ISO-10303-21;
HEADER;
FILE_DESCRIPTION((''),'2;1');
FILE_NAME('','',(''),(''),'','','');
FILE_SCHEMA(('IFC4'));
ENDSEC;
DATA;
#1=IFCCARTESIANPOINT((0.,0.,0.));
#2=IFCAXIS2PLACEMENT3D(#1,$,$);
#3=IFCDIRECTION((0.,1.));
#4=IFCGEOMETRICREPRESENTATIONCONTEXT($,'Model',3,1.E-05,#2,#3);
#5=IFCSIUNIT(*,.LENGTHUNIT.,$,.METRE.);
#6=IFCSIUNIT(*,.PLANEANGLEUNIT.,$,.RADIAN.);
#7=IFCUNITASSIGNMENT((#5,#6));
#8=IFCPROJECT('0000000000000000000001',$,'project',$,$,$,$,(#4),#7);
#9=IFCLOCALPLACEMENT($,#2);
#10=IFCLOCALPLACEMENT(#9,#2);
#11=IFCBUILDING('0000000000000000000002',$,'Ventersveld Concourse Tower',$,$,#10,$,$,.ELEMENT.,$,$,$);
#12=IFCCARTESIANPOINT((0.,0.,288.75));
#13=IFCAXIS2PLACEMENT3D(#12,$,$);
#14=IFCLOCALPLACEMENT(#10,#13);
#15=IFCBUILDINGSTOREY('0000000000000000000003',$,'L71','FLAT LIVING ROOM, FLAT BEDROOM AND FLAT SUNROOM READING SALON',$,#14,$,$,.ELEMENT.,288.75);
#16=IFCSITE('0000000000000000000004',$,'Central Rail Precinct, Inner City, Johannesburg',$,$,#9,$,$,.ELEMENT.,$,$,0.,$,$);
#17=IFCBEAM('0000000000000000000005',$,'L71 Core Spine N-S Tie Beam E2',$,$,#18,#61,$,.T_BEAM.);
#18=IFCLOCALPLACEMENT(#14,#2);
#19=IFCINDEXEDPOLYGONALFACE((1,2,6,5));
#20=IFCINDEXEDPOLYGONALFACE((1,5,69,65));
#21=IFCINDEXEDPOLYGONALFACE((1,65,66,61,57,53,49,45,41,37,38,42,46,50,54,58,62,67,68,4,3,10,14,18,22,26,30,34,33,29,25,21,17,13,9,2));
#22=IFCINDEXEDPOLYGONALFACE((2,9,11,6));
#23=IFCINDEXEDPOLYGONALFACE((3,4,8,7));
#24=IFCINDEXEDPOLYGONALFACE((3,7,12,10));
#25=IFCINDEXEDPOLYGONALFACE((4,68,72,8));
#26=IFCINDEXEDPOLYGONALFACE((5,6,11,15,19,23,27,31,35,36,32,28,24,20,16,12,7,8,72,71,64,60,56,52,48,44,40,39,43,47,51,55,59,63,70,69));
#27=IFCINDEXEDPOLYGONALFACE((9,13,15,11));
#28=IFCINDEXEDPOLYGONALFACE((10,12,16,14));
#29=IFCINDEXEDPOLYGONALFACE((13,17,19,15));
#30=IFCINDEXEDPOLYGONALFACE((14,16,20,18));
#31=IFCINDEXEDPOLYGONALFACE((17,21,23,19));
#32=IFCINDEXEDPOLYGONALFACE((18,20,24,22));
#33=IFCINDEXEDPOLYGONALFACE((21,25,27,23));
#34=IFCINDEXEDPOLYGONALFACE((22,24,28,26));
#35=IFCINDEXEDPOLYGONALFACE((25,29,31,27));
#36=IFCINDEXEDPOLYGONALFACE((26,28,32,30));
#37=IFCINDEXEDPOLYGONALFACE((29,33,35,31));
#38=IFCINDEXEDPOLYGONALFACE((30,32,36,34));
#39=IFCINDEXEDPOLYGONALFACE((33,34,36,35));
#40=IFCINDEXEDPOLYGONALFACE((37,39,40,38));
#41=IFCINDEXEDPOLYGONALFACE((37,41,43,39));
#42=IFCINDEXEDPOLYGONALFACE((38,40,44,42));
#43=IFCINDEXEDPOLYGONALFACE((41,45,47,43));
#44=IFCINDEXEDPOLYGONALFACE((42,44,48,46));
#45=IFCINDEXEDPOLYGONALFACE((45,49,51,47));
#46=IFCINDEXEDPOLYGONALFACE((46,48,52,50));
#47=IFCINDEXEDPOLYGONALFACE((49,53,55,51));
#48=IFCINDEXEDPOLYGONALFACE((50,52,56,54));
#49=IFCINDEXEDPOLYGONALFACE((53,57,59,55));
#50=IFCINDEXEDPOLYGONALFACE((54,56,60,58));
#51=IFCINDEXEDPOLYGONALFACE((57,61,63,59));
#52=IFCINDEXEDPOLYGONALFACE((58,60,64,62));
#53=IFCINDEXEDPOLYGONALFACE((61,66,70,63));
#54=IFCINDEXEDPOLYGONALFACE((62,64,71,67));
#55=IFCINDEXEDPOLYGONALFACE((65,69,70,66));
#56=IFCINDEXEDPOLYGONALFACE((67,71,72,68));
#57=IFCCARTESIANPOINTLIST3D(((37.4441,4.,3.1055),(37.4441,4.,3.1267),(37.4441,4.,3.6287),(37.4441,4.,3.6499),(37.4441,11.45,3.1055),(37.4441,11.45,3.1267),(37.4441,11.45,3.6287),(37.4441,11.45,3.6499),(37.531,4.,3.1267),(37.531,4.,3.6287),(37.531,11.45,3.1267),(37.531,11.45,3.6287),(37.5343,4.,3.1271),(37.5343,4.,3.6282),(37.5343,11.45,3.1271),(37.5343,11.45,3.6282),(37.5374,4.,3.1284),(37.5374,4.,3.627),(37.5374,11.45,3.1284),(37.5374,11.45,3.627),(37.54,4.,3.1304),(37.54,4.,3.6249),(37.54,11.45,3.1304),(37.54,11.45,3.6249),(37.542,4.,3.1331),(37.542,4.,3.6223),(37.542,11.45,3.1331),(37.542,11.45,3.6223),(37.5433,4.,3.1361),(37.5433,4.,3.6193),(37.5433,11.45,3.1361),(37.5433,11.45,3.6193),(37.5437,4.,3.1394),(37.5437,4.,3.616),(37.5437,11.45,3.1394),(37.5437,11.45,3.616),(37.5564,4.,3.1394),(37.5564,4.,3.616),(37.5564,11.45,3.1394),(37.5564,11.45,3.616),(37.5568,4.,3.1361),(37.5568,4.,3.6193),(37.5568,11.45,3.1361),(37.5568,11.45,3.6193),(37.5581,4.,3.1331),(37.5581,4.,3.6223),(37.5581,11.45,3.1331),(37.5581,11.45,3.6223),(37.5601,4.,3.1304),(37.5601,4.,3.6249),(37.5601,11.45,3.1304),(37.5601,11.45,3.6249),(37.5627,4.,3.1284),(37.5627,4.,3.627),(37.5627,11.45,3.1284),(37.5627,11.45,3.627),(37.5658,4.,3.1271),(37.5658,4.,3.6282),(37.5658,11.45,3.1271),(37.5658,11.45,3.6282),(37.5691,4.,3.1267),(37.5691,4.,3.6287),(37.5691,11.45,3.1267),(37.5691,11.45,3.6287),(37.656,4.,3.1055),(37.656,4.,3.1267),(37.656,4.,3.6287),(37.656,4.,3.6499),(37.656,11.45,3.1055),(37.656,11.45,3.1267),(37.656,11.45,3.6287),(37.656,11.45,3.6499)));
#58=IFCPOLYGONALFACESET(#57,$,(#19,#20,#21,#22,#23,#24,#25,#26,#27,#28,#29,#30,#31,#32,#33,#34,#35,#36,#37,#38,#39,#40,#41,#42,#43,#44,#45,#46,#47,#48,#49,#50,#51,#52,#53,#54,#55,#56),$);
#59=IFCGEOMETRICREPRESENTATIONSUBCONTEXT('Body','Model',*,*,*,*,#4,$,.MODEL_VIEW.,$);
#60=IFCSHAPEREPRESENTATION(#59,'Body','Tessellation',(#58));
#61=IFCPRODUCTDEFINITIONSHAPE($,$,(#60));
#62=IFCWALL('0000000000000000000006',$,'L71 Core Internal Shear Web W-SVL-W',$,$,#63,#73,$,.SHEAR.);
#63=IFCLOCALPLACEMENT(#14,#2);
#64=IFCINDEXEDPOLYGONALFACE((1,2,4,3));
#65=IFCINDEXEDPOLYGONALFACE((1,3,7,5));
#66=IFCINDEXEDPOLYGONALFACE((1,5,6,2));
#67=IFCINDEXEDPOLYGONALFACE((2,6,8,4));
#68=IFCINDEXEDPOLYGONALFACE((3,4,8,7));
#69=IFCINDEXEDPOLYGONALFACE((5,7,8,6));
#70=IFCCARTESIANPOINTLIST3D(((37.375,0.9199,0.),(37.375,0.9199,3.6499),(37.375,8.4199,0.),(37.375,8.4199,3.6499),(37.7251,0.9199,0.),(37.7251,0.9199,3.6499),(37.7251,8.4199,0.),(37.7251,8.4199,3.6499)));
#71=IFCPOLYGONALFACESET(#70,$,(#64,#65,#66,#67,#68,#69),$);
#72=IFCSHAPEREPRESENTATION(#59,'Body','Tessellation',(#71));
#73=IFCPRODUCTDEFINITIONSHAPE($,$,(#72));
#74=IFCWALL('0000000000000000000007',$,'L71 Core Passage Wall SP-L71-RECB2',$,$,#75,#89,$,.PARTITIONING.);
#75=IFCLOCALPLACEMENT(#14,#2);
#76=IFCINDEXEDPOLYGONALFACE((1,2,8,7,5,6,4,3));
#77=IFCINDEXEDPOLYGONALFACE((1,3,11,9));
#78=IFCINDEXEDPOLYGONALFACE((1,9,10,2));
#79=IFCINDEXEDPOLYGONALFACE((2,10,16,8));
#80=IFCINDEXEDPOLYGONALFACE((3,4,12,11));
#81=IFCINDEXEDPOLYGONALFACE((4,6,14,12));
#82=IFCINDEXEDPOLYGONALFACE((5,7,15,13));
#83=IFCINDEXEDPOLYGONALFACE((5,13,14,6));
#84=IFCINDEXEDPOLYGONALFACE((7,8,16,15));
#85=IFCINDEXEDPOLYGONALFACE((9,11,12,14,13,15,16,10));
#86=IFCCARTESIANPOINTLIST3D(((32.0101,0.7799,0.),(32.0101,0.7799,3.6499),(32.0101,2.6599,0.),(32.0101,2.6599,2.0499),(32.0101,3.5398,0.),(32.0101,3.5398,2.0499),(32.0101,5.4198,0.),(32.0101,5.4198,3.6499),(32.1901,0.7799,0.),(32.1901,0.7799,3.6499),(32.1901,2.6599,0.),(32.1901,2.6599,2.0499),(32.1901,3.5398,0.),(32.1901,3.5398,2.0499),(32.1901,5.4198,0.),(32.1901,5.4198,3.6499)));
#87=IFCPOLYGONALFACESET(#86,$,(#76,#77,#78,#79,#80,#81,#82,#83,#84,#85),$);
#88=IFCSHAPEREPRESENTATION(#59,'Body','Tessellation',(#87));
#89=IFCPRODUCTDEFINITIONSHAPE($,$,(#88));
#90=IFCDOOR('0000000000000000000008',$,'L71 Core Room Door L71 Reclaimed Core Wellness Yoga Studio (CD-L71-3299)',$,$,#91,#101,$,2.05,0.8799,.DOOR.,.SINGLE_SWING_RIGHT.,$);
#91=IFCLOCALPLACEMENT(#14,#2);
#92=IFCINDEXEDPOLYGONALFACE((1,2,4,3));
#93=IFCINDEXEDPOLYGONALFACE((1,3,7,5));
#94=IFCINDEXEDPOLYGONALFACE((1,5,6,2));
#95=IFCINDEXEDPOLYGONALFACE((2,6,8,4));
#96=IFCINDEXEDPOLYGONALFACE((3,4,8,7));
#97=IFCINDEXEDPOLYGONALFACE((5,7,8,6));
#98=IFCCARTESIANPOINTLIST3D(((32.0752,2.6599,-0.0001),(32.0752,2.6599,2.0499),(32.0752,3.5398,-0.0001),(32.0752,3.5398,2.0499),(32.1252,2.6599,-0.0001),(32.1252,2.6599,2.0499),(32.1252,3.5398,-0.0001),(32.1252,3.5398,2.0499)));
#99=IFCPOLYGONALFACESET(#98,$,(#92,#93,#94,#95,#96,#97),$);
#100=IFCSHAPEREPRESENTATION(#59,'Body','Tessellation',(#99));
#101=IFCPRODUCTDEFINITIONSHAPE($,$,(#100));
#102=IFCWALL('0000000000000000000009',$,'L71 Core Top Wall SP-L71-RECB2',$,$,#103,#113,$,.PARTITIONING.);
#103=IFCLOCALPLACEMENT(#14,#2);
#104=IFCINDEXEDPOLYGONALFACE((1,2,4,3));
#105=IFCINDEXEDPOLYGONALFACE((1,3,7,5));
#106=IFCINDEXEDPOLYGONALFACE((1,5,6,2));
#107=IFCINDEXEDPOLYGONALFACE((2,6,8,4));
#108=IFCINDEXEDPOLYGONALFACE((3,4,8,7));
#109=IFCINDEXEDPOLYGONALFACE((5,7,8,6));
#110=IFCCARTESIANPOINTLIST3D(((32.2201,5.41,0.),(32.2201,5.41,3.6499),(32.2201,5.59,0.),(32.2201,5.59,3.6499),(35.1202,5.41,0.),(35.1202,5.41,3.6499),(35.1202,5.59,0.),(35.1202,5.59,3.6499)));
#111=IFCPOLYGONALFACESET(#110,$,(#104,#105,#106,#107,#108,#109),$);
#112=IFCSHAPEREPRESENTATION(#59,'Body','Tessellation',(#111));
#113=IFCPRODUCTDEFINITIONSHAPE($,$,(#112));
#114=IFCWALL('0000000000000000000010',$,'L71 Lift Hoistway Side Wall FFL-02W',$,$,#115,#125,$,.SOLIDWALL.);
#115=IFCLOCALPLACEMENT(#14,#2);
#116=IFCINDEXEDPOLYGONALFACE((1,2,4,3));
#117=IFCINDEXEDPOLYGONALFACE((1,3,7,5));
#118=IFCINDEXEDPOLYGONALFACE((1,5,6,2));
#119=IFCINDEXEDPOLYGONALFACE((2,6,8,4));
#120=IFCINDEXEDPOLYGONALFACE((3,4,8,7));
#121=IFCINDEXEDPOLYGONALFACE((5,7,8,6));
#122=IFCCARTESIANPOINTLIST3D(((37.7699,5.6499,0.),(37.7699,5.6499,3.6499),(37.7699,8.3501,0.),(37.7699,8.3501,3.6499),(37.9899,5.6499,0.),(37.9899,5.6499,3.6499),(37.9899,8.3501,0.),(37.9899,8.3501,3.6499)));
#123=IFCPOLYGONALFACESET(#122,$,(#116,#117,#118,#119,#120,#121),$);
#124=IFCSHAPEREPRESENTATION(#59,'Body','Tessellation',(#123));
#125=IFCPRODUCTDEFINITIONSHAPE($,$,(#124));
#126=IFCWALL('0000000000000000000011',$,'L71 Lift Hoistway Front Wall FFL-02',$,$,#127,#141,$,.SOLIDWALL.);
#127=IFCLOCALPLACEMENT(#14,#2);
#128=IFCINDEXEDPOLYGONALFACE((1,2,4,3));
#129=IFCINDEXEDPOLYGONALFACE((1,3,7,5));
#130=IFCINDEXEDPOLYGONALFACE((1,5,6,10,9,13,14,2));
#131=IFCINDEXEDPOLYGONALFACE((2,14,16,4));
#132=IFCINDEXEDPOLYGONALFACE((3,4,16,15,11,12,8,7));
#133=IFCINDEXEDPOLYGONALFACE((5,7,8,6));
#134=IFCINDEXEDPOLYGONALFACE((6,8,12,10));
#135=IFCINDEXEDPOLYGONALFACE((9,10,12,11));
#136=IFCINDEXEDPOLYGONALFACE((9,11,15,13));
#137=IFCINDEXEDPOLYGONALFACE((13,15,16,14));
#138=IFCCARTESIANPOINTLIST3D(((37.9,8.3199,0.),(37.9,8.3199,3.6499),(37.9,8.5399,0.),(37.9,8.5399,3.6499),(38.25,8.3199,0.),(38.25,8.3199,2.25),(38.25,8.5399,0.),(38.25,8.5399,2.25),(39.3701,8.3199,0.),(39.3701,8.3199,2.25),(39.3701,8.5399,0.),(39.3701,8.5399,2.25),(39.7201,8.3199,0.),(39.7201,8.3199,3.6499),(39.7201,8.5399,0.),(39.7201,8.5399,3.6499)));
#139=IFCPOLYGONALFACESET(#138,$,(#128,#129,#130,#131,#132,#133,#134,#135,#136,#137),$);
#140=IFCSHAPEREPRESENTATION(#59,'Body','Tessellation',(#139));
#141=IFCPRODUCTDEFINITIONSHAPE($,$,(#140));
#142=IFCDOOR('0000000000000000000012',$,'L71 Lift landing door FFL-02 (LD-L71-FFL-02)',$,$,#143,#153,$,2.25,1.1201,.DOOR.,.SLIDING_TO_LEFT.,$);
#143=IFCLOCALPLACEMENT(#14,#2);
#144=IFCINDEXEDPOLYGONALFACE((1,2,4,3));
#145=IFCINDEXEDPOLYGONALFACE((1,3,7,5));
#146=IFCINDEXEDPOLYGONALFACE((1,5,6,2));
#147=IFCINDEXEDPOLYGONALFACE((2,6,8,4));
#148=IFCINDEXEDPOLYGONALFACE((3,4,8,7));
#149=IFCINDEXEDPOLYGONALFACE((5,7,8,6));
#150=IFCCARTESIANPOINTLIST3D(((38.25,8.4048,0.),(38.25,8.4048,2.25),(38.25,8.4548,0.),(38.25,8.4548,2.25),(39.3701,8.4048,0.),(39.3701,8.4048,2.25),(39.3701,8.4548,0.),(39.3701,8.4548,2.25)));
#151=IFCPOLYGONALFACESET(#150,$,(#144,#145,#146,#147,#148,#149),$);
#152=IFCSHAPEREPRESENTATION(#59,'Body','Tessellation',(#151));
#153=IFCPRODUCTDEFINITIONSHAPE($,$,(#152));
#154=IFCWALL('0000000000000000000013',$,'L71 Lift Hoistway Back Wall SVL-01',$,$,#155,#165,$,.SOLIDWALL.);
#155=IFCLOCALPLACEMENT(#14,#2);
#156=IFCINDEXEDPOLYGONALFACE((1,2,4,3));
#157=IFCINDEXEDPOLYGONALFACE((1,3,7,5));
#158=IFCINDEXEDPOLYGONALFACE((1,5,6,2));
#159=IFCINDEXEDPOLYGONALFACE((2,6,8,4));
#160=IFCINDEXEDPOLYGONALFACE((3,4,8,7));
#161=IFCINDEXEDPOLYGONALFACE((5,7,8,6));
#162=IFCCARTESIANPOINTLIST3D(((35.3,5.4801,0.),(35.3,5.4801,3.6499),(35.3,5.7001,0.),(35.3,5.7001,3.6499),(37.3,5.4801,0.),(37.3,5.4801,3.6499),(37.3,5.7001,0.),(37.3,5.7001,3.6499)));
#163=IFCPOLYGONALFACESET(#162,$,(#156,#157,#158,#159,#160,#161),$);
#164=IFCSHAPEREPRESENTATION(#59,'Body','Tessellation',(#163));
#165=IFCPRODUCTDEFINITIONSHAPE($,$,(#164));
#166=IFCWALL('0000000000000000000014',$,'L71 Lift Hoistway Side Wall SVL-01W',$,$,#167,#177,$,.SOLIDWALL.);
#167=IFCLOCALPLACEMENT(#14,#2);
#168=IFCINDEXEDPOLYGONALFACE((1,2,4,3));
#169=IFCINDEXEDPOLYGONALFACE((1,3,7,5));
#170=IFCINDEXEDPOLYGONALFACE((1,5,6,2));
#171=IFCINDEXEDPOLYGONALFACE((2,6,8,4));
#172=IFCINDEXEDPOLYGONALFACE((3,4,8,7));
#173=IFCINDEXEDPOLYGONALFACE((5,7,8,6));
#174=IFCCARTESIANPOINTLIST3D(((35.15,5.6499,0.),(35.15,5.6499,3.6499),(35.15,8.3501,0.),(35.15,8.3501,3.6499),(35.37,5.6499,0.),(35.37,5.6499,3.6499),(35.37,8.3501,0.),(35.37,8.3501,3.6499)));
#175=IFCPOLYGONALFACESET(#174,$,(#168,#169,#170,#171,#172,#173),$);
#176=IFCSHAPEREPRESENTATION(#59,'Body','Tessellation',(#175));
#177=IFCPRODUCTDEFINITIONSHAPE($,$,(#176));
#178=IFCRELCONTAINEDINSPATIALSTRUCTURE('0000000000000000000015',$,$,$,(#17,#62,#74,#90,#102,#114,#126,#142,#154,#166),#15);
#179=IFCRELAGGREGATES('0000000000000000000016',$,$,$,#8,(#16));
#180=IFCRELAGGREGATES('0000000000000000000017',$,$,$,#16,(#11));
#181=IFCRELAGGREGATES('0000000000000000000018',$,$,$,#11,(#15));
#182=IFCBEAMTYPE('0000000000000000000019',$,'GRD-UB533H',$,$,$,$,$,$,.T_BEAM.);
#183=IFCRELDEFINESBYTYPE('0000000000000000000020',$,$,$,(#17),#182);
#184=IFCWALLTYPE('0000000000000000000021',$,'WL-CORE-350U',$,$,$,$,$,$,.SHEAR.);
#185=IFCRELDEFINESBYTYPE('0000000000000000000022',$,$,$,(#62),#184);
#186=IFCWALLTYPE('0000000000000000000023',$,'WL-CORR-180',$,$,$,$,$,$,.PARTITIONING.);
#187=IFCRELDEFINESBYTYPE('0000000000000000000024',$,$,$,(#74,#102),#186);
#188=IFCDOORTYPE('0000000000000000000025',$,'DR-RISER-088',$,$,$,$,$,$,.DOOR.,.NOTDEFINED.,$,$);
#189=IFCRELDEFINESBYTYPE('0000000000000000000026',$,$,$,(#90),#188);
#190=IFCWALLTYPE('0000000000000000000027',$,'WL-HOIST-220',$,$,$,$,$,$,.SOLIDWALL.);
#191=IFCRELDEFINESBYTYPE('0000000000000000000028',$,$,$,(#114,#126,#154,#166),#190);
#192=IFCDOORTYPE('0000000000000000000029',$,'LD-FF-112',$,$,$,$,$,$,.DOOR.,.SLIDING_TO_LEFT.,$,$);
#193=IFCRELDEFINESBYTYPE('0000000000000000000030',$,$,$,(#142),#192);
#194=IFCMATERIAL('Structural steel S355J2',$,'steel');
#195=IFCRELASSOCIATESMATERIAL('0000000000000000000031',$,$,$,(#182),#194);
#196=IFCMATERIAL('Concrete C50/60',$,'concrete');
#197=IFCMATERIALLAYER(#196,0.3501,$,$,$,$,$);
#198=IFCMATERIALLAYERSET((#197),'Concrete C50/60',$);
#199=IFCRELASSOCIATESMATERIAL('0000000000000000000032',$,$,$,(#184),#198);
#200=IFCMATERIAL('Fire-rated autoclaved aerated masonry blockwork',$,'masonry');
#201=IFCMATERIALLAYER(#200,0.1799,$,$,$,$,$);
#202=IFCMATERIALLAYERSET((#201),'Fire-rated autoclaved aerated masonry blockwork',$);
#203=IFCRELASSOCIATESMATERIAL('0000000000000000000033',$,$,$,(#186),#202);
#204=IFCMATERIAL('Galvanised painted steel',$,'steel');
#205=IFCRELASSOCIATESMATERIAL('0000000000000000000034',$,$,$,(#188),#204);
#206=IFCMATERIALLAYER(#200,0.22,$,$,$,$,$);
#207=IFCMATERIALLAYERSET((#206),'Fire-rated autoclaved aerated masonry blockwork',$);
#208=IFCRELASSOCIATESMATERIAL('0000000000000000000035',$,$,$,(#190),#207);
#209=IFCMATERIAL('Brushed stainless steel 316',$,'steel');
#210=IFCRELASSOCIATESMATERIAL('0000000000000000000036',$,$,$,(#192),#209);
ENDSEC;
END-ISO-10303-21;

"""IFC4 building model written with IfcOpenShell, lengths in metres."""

from ifc_helpers import new_model, si_unit, direction, frame, frame_2d, origin, origin_2d, place, context, subcontext, project, spatial, rectangle, i_section, extrude, material, layer, layer_set, material_profile, profile_set, type_object, element, fill, save


model = new_model("IFC4")

# Units and contexts
model_context = context("Model", 3, precision=1e-05, world=origin(), true_north=direction((0.0, 1.0)))
body_context = subcontext(model_context, "Body", "Model", "MODEL_VIEW")
ifc_project = project(units=[si_unit("LENGTHUNIT", "METRE"), si_unit("PLANEANGLEUNIT", "RADIAN")], contexts=[model_context])

# Site, building, storey
site_placement = place(None, origin())
site = spatial("IfcSite", under=ifc_project, at=site_placement, Name="Central Rail Precinct, Inner City, Johannesburg", CompositionType="ELEMENT", RefElevation=0.0)
building_placement = place(site_placement, origin())
building = spatial("IfcBuilding", under=site, at=building_placement, Name="Ventersveld Concourse Tower", CompositionType="ELEMENT")
storey_placement = place(building_placement, frame((0.0, 0.0, 288.75)))
storey = spatial("IfcBuildingStorey", under=building, at=storey_placement, Name="L71", Description="FLAT LIVING ROOM, FLAT BEDROOM AND FLAT SUNROOM READING SALON", CompositionType="ELEMENT", Elevation=288.75)

# Shared definitions
ifc_material_1 = material(Name="Concrete C50/60", Category="concrete")

# Beam
ifc_material_2 = material(Name="Structural steel S355J2", Category="steel")
ifc_material_profile_1 = material_profile(ifc_material_2, i_section(OverallWidth=0.2119, OverallDepth=0.5444, WebThickness=0.0127, FlangeThickness=0.0212, FilletRadius=0.0127, at=origin_2d()), Name="UB 533x210x122")
ifc_profile_set_1 = profile_set([ifc_material_profile_1], Name="Structural steel S355J2")
beam_type_1 = type_object("IfcBeamType", Name="GRD-UB533H", PredefinedType="T_BEAM", material=ifc_profile_set_1)
beam_1_placement = place(storey_placement, frame((37.55, 4.0, 3.3777), z_axis=(0.0, 1.0, 0.0), x_axis=(-1.0, 0.0, 0.0)))
element("IfcBeam", 1, at=beam_1_placement, inside=storey, type_object=beam_type_1, Name="L71 Core Spine N-S Tie Beam E2", PredefinedType="T_BEAM", context=body_context, shape_type="SweptSolid", body=[
    extrude(i_section(OverallWidth=0.2119, OverallDepth=0.5444, WebThickness=0.0127, FlangeThickness=0.0212, FilletRadius=0.0127, at=origin_2d()), origin(), (0.0, 0.0, 1.0), 7.45),
])

# Wall
ifc_layer_1 = layer(ifc_material_1, 0.3501)
ifc_layer_set_1 = layer_set([ifc_layer_1], Name="Concrete C50/60")
wall_type_1 = type_object("IfcWallType", Name="WL-CORE-350U", PredefinedType="SHEAR", material=ifc_layer_set_1)
wall_1_placement = place(storey_placement, frame((37.55, 0.9199, 0.0), z_axis=(0.0, 0.0, 1.0), x_axis=(0.0, 1.0, 0.0)))
element("IfcWall", 2, at=wall_1_placement, inside=storey, type_object=wall_type_1, Name="L71 Core Internal Shear Web W-SVL-W", PredefinedType="SHEAR", context=body_context, shape_type="SweptSolid", body=[
    extrude(rectangle(XDim=7.5, YDim=0.3501, at=frame_2d((3.75, 0.0))), origin(), (0.0, 0.0, 1.0), 3.6499),
])

# Wall, opening, door
ifc_material_3 = material(Name="Fire-rated autoclaved aerated masonry blockwork", Category="masonry")
ifc_layer_2 = layer(ifc_material_3, 0.1799)
ifc_layer_set_2 = layer_set([ifc_layer_2], Name="Fire-rated autoclaved aerated masonry blockwork")
wall_type_2 = type_object("IfcWallType", Name="WL-CORR-180", PredefinedType="PARTITIONING", material=ifc_layer_set_2)
wall_2_placement = place(storey_placement, frame((32.1001, 0.78, 0.0), z_axis=(0.0, 0.0, 1.0), x_axis=(0.0, 1.0, 0.0)))
wall_2 = element("IfcWall", 3, at=wall_2_placement, inside=storey, type_object=wall_type_2, Name="L71 Core Passage Wall SP-L71-RECB2", PredefinedType="PARTITIONING", context=body_context, shape_type="SweptSolid", body=[
    extrude(rectangle(XDim=4.6399, YDim=0.1799, at=frame_2d((2.3198, 0.0))), origin(), (0.0, 0.0, 1.0), 3.6499),
])
opening_1_placement = place(wall_2_placement, frame((1.8799, 0.0, 0.0)))
opening_1 = element("IfcOpeningElement", 4, at=opening_1_placement, cuts=wall_2, PredefinedType="OPENING", context=body_context, shape_type="SweptSolid", body=[
    extrude(rectangle(XDim=0.8799, YDim=2.05, at=frame_2d((0.4399, 1.0249))), frame((0.0, 0.1001, 0.0), z_axis=(0.0, -1.0, 0.0), x_axis=(1.0, 0.0, 0.0)), (0.0, 0.0, 1.0), 0.2),
])
ifc_material_4 = material(Name="Galvanised painted steel", Category="steel")
door_type_1 = type_object("IfcDoorType", Name="DR-RISER-088", OperationType="NOTDEFINED", PredefinedType="DOOR", material=ifc_material_4)
door_1_placement = place(opening_1_placement, origin())
door_1 = element("IfcDoor", 5, at=door_1_placement, inside=storey, type_object=door_type_1, Name="L71 Core Room Door L71 Reclaimed Core Wellness Yoga Studio (CD-L71-3299)", OperationType="SINGLE_SWING_RIGHT", OverallHeight=2.05, OverallWidth=0.8799, PredefinedType="DOOR", context=body_context, shape_type="SweptSolid", body=[
    extrude(rectangle(XDim=0.8799, YDim=2.05, at=frame_2d((0.4399, 1.0249))), frame((0.0, 0.0249, 0.0), z_axis=(0.0, -1.0, 0.0), x_axis=(1.0, 0.0, 0.0)), (0.0, 0.0, 1.0), 0.05),
])
fill(opening_1, door_1)

# Walls
wall_3_placement = place(storey_placement, frame((32.22, 5.5, 0.0), z_axis=(0.0, 0.0, 1.0), x_axis=(1.0, 0.0, 0.0)))
element("IfcWall", 6, at=wall_3_placement, inside=storey, type_object=wall_type_2, Name="L71 Core Top Wall SP-L71-RECB2", PredefinedType="PARTITIONING", context=body_context, shape_type="SweptSolid", body=[
    extrude(rectangle(XDim=2.9001, YDim=0.1799, at=frame_2d((1.4502, 0.0))), origin(), (0.0, 0.0, 1.0), 3.6499),
])
ifc_layer_3 = layer(ifc_material_3, 0.22)
ifc_layer_set_3 = layer_set([ifc_layer_3], Name="Fire-rated autoclaved aerated masonry blockwork")
wall_type_3 = type_object("IfcWallType", Name="WL-HOIST-220", PredefinedType="SOLIDWALL", material=ifc_layer_set_3)
wall_4_placement = place(storey_placement, frame((37.8799, 5.6499, 0.0), z_axis=(0.0, 0.0, 1.0), x_axis=(0.0, 1.0, 0.0)))
element("IfcWall", 7, at=wall_4_placement, inside=storey, type_object=wall_type_3, Name="L71 Lift Hoistway Side Wall FFL-02W", PredefinedType="SOLIDWALL", context=body_context, shape_type="SweptSolid", body=[
    extrude(rectangle(XDim=2.7002, YDim=0.22, at=frame_2d((1.3501, 0.0))), origin(), (0.0, 0.0, 1.0), 3.6499),
])

# Wall, opening, door
wall_5_placement = place(storey_placement, frame((37.8999, 8.4299, 0.0), z_axis=(0.0, 0.0, 1.0), x_axis=(1.0, 0.0, 0.0)))
wall_5 = element("IfcWall", 8, at=wall_5_placement, inside=storey, type_object=wall_type_3, Name="L71 Lift Hoistway Front Wall FFL-02", PredefinedType="SOLIDWALL", context=body_context, shape_type="SweptSolid", body=[
    extrude(rectangle(XDim=1.8201, YDim=0.22, at=frame_2d((0.9102, 0.0))), origin(), (0.0, 0.0, 1.0), 3.6499),
])
opening_2_placement = place(wall_5_placement, frame((0.3501, 0.0, 0.0)))
opening_2 = element("IfcOpeningElement", 9, at=opening_2_placement, cuts=wall_5, PredefinedType="OPENING", context=body_context, shape_type="SweptSolid", body=[
    extrude(rectangle(XDim=1.1201, YDim=2.25, at=frame_2d((0.5601, 1.125))), frame((0.0, 0.1201, 0.0), z_axis=(0.0, -1.0, 0.0), x_axis=(1.0, 0.0, 0.0)), (0.0, 0.0, 1.0), 0.24),
])
ifc_material_5 = material(Name="Brushed stainless steel 316", Category="steel")
door_type_2 = type_object("IfcDoorType", Name="LD-FF-112", OperationType="SLIDING_TO_LEFT", PredefinedType="DOOR", material=ifc_material_5)
door_2_placement = place(opening_2_placement, origin())
door_2 = element("IfcDoor", 10, at=door_2_placement, inside=storey, type_object=door_type_2, Name="L71 Lift landing door FFL-02 (LD-L71-FFL-02)", OperationType="SLIDING_TO_LEFT", OverallHeight=2.25, OverallWidth=1.1201, PredefinedType="DOOR", context=body_context, shape_type="SweptSolid", body=[
    extrude(rectangle(XDim=1.1201, YDim=2.25, at=frame_2d((0.5601, 1.125))), frame((0.0, 0.0249, 0.0), z_axis=(0.0, -1.0, 0.0), x_axis=(1.0, 0.0, 0.0)), (0.0, 0.0, 1.0), 0.05),
])
fill(opening_2, door_2)

# Walls
wall_6_placement = place(storey_placement, frame((35.3, 5.5901, 0.0), z_axis=(0.0, 0.0, 1.0), x_axis=(1.0, 0.0, 0.0)))
element("IfcWall", 11, at=wall_6_placement, inside=storey, type_object=wall_type_3, Name="L71 Lift Hoistway Back Wall SVL-01", PredefinedType="SOLIDWALL", context=body_context, shape_type="SweptSolid", body=[
    extrude(rectangle(XDim=2.0, YDim=0.22, at=frame_2d((1.0, 0.0))), origin(), (0.0, 0.0, 1.0), 3.6499),
])
wall_7_placement = place(storey_placement, frame((35.26, 5.6499, 0.0), z_axis=(0.0, 0.0, 1.0), x_axis=(0.0, 1.0, 0.0)))
element("IfcWall", 12, at=wall_7_placement, inside=storey, type_object=wall_type_3, Name="L71 Lift Hoistway Side Wall SVL-01W", PredefinedType="SOLIDWALL", context=body_context, shape_type="SweptSolid", body=[
    extrude(rectangle(XDim=2.7002, YDim=0.22, at=frame_2d((1.3501, 0.0))), origin(), (0.0, 0.0, 1.0), 3.6499),
])

save(model, "model.ifc")
